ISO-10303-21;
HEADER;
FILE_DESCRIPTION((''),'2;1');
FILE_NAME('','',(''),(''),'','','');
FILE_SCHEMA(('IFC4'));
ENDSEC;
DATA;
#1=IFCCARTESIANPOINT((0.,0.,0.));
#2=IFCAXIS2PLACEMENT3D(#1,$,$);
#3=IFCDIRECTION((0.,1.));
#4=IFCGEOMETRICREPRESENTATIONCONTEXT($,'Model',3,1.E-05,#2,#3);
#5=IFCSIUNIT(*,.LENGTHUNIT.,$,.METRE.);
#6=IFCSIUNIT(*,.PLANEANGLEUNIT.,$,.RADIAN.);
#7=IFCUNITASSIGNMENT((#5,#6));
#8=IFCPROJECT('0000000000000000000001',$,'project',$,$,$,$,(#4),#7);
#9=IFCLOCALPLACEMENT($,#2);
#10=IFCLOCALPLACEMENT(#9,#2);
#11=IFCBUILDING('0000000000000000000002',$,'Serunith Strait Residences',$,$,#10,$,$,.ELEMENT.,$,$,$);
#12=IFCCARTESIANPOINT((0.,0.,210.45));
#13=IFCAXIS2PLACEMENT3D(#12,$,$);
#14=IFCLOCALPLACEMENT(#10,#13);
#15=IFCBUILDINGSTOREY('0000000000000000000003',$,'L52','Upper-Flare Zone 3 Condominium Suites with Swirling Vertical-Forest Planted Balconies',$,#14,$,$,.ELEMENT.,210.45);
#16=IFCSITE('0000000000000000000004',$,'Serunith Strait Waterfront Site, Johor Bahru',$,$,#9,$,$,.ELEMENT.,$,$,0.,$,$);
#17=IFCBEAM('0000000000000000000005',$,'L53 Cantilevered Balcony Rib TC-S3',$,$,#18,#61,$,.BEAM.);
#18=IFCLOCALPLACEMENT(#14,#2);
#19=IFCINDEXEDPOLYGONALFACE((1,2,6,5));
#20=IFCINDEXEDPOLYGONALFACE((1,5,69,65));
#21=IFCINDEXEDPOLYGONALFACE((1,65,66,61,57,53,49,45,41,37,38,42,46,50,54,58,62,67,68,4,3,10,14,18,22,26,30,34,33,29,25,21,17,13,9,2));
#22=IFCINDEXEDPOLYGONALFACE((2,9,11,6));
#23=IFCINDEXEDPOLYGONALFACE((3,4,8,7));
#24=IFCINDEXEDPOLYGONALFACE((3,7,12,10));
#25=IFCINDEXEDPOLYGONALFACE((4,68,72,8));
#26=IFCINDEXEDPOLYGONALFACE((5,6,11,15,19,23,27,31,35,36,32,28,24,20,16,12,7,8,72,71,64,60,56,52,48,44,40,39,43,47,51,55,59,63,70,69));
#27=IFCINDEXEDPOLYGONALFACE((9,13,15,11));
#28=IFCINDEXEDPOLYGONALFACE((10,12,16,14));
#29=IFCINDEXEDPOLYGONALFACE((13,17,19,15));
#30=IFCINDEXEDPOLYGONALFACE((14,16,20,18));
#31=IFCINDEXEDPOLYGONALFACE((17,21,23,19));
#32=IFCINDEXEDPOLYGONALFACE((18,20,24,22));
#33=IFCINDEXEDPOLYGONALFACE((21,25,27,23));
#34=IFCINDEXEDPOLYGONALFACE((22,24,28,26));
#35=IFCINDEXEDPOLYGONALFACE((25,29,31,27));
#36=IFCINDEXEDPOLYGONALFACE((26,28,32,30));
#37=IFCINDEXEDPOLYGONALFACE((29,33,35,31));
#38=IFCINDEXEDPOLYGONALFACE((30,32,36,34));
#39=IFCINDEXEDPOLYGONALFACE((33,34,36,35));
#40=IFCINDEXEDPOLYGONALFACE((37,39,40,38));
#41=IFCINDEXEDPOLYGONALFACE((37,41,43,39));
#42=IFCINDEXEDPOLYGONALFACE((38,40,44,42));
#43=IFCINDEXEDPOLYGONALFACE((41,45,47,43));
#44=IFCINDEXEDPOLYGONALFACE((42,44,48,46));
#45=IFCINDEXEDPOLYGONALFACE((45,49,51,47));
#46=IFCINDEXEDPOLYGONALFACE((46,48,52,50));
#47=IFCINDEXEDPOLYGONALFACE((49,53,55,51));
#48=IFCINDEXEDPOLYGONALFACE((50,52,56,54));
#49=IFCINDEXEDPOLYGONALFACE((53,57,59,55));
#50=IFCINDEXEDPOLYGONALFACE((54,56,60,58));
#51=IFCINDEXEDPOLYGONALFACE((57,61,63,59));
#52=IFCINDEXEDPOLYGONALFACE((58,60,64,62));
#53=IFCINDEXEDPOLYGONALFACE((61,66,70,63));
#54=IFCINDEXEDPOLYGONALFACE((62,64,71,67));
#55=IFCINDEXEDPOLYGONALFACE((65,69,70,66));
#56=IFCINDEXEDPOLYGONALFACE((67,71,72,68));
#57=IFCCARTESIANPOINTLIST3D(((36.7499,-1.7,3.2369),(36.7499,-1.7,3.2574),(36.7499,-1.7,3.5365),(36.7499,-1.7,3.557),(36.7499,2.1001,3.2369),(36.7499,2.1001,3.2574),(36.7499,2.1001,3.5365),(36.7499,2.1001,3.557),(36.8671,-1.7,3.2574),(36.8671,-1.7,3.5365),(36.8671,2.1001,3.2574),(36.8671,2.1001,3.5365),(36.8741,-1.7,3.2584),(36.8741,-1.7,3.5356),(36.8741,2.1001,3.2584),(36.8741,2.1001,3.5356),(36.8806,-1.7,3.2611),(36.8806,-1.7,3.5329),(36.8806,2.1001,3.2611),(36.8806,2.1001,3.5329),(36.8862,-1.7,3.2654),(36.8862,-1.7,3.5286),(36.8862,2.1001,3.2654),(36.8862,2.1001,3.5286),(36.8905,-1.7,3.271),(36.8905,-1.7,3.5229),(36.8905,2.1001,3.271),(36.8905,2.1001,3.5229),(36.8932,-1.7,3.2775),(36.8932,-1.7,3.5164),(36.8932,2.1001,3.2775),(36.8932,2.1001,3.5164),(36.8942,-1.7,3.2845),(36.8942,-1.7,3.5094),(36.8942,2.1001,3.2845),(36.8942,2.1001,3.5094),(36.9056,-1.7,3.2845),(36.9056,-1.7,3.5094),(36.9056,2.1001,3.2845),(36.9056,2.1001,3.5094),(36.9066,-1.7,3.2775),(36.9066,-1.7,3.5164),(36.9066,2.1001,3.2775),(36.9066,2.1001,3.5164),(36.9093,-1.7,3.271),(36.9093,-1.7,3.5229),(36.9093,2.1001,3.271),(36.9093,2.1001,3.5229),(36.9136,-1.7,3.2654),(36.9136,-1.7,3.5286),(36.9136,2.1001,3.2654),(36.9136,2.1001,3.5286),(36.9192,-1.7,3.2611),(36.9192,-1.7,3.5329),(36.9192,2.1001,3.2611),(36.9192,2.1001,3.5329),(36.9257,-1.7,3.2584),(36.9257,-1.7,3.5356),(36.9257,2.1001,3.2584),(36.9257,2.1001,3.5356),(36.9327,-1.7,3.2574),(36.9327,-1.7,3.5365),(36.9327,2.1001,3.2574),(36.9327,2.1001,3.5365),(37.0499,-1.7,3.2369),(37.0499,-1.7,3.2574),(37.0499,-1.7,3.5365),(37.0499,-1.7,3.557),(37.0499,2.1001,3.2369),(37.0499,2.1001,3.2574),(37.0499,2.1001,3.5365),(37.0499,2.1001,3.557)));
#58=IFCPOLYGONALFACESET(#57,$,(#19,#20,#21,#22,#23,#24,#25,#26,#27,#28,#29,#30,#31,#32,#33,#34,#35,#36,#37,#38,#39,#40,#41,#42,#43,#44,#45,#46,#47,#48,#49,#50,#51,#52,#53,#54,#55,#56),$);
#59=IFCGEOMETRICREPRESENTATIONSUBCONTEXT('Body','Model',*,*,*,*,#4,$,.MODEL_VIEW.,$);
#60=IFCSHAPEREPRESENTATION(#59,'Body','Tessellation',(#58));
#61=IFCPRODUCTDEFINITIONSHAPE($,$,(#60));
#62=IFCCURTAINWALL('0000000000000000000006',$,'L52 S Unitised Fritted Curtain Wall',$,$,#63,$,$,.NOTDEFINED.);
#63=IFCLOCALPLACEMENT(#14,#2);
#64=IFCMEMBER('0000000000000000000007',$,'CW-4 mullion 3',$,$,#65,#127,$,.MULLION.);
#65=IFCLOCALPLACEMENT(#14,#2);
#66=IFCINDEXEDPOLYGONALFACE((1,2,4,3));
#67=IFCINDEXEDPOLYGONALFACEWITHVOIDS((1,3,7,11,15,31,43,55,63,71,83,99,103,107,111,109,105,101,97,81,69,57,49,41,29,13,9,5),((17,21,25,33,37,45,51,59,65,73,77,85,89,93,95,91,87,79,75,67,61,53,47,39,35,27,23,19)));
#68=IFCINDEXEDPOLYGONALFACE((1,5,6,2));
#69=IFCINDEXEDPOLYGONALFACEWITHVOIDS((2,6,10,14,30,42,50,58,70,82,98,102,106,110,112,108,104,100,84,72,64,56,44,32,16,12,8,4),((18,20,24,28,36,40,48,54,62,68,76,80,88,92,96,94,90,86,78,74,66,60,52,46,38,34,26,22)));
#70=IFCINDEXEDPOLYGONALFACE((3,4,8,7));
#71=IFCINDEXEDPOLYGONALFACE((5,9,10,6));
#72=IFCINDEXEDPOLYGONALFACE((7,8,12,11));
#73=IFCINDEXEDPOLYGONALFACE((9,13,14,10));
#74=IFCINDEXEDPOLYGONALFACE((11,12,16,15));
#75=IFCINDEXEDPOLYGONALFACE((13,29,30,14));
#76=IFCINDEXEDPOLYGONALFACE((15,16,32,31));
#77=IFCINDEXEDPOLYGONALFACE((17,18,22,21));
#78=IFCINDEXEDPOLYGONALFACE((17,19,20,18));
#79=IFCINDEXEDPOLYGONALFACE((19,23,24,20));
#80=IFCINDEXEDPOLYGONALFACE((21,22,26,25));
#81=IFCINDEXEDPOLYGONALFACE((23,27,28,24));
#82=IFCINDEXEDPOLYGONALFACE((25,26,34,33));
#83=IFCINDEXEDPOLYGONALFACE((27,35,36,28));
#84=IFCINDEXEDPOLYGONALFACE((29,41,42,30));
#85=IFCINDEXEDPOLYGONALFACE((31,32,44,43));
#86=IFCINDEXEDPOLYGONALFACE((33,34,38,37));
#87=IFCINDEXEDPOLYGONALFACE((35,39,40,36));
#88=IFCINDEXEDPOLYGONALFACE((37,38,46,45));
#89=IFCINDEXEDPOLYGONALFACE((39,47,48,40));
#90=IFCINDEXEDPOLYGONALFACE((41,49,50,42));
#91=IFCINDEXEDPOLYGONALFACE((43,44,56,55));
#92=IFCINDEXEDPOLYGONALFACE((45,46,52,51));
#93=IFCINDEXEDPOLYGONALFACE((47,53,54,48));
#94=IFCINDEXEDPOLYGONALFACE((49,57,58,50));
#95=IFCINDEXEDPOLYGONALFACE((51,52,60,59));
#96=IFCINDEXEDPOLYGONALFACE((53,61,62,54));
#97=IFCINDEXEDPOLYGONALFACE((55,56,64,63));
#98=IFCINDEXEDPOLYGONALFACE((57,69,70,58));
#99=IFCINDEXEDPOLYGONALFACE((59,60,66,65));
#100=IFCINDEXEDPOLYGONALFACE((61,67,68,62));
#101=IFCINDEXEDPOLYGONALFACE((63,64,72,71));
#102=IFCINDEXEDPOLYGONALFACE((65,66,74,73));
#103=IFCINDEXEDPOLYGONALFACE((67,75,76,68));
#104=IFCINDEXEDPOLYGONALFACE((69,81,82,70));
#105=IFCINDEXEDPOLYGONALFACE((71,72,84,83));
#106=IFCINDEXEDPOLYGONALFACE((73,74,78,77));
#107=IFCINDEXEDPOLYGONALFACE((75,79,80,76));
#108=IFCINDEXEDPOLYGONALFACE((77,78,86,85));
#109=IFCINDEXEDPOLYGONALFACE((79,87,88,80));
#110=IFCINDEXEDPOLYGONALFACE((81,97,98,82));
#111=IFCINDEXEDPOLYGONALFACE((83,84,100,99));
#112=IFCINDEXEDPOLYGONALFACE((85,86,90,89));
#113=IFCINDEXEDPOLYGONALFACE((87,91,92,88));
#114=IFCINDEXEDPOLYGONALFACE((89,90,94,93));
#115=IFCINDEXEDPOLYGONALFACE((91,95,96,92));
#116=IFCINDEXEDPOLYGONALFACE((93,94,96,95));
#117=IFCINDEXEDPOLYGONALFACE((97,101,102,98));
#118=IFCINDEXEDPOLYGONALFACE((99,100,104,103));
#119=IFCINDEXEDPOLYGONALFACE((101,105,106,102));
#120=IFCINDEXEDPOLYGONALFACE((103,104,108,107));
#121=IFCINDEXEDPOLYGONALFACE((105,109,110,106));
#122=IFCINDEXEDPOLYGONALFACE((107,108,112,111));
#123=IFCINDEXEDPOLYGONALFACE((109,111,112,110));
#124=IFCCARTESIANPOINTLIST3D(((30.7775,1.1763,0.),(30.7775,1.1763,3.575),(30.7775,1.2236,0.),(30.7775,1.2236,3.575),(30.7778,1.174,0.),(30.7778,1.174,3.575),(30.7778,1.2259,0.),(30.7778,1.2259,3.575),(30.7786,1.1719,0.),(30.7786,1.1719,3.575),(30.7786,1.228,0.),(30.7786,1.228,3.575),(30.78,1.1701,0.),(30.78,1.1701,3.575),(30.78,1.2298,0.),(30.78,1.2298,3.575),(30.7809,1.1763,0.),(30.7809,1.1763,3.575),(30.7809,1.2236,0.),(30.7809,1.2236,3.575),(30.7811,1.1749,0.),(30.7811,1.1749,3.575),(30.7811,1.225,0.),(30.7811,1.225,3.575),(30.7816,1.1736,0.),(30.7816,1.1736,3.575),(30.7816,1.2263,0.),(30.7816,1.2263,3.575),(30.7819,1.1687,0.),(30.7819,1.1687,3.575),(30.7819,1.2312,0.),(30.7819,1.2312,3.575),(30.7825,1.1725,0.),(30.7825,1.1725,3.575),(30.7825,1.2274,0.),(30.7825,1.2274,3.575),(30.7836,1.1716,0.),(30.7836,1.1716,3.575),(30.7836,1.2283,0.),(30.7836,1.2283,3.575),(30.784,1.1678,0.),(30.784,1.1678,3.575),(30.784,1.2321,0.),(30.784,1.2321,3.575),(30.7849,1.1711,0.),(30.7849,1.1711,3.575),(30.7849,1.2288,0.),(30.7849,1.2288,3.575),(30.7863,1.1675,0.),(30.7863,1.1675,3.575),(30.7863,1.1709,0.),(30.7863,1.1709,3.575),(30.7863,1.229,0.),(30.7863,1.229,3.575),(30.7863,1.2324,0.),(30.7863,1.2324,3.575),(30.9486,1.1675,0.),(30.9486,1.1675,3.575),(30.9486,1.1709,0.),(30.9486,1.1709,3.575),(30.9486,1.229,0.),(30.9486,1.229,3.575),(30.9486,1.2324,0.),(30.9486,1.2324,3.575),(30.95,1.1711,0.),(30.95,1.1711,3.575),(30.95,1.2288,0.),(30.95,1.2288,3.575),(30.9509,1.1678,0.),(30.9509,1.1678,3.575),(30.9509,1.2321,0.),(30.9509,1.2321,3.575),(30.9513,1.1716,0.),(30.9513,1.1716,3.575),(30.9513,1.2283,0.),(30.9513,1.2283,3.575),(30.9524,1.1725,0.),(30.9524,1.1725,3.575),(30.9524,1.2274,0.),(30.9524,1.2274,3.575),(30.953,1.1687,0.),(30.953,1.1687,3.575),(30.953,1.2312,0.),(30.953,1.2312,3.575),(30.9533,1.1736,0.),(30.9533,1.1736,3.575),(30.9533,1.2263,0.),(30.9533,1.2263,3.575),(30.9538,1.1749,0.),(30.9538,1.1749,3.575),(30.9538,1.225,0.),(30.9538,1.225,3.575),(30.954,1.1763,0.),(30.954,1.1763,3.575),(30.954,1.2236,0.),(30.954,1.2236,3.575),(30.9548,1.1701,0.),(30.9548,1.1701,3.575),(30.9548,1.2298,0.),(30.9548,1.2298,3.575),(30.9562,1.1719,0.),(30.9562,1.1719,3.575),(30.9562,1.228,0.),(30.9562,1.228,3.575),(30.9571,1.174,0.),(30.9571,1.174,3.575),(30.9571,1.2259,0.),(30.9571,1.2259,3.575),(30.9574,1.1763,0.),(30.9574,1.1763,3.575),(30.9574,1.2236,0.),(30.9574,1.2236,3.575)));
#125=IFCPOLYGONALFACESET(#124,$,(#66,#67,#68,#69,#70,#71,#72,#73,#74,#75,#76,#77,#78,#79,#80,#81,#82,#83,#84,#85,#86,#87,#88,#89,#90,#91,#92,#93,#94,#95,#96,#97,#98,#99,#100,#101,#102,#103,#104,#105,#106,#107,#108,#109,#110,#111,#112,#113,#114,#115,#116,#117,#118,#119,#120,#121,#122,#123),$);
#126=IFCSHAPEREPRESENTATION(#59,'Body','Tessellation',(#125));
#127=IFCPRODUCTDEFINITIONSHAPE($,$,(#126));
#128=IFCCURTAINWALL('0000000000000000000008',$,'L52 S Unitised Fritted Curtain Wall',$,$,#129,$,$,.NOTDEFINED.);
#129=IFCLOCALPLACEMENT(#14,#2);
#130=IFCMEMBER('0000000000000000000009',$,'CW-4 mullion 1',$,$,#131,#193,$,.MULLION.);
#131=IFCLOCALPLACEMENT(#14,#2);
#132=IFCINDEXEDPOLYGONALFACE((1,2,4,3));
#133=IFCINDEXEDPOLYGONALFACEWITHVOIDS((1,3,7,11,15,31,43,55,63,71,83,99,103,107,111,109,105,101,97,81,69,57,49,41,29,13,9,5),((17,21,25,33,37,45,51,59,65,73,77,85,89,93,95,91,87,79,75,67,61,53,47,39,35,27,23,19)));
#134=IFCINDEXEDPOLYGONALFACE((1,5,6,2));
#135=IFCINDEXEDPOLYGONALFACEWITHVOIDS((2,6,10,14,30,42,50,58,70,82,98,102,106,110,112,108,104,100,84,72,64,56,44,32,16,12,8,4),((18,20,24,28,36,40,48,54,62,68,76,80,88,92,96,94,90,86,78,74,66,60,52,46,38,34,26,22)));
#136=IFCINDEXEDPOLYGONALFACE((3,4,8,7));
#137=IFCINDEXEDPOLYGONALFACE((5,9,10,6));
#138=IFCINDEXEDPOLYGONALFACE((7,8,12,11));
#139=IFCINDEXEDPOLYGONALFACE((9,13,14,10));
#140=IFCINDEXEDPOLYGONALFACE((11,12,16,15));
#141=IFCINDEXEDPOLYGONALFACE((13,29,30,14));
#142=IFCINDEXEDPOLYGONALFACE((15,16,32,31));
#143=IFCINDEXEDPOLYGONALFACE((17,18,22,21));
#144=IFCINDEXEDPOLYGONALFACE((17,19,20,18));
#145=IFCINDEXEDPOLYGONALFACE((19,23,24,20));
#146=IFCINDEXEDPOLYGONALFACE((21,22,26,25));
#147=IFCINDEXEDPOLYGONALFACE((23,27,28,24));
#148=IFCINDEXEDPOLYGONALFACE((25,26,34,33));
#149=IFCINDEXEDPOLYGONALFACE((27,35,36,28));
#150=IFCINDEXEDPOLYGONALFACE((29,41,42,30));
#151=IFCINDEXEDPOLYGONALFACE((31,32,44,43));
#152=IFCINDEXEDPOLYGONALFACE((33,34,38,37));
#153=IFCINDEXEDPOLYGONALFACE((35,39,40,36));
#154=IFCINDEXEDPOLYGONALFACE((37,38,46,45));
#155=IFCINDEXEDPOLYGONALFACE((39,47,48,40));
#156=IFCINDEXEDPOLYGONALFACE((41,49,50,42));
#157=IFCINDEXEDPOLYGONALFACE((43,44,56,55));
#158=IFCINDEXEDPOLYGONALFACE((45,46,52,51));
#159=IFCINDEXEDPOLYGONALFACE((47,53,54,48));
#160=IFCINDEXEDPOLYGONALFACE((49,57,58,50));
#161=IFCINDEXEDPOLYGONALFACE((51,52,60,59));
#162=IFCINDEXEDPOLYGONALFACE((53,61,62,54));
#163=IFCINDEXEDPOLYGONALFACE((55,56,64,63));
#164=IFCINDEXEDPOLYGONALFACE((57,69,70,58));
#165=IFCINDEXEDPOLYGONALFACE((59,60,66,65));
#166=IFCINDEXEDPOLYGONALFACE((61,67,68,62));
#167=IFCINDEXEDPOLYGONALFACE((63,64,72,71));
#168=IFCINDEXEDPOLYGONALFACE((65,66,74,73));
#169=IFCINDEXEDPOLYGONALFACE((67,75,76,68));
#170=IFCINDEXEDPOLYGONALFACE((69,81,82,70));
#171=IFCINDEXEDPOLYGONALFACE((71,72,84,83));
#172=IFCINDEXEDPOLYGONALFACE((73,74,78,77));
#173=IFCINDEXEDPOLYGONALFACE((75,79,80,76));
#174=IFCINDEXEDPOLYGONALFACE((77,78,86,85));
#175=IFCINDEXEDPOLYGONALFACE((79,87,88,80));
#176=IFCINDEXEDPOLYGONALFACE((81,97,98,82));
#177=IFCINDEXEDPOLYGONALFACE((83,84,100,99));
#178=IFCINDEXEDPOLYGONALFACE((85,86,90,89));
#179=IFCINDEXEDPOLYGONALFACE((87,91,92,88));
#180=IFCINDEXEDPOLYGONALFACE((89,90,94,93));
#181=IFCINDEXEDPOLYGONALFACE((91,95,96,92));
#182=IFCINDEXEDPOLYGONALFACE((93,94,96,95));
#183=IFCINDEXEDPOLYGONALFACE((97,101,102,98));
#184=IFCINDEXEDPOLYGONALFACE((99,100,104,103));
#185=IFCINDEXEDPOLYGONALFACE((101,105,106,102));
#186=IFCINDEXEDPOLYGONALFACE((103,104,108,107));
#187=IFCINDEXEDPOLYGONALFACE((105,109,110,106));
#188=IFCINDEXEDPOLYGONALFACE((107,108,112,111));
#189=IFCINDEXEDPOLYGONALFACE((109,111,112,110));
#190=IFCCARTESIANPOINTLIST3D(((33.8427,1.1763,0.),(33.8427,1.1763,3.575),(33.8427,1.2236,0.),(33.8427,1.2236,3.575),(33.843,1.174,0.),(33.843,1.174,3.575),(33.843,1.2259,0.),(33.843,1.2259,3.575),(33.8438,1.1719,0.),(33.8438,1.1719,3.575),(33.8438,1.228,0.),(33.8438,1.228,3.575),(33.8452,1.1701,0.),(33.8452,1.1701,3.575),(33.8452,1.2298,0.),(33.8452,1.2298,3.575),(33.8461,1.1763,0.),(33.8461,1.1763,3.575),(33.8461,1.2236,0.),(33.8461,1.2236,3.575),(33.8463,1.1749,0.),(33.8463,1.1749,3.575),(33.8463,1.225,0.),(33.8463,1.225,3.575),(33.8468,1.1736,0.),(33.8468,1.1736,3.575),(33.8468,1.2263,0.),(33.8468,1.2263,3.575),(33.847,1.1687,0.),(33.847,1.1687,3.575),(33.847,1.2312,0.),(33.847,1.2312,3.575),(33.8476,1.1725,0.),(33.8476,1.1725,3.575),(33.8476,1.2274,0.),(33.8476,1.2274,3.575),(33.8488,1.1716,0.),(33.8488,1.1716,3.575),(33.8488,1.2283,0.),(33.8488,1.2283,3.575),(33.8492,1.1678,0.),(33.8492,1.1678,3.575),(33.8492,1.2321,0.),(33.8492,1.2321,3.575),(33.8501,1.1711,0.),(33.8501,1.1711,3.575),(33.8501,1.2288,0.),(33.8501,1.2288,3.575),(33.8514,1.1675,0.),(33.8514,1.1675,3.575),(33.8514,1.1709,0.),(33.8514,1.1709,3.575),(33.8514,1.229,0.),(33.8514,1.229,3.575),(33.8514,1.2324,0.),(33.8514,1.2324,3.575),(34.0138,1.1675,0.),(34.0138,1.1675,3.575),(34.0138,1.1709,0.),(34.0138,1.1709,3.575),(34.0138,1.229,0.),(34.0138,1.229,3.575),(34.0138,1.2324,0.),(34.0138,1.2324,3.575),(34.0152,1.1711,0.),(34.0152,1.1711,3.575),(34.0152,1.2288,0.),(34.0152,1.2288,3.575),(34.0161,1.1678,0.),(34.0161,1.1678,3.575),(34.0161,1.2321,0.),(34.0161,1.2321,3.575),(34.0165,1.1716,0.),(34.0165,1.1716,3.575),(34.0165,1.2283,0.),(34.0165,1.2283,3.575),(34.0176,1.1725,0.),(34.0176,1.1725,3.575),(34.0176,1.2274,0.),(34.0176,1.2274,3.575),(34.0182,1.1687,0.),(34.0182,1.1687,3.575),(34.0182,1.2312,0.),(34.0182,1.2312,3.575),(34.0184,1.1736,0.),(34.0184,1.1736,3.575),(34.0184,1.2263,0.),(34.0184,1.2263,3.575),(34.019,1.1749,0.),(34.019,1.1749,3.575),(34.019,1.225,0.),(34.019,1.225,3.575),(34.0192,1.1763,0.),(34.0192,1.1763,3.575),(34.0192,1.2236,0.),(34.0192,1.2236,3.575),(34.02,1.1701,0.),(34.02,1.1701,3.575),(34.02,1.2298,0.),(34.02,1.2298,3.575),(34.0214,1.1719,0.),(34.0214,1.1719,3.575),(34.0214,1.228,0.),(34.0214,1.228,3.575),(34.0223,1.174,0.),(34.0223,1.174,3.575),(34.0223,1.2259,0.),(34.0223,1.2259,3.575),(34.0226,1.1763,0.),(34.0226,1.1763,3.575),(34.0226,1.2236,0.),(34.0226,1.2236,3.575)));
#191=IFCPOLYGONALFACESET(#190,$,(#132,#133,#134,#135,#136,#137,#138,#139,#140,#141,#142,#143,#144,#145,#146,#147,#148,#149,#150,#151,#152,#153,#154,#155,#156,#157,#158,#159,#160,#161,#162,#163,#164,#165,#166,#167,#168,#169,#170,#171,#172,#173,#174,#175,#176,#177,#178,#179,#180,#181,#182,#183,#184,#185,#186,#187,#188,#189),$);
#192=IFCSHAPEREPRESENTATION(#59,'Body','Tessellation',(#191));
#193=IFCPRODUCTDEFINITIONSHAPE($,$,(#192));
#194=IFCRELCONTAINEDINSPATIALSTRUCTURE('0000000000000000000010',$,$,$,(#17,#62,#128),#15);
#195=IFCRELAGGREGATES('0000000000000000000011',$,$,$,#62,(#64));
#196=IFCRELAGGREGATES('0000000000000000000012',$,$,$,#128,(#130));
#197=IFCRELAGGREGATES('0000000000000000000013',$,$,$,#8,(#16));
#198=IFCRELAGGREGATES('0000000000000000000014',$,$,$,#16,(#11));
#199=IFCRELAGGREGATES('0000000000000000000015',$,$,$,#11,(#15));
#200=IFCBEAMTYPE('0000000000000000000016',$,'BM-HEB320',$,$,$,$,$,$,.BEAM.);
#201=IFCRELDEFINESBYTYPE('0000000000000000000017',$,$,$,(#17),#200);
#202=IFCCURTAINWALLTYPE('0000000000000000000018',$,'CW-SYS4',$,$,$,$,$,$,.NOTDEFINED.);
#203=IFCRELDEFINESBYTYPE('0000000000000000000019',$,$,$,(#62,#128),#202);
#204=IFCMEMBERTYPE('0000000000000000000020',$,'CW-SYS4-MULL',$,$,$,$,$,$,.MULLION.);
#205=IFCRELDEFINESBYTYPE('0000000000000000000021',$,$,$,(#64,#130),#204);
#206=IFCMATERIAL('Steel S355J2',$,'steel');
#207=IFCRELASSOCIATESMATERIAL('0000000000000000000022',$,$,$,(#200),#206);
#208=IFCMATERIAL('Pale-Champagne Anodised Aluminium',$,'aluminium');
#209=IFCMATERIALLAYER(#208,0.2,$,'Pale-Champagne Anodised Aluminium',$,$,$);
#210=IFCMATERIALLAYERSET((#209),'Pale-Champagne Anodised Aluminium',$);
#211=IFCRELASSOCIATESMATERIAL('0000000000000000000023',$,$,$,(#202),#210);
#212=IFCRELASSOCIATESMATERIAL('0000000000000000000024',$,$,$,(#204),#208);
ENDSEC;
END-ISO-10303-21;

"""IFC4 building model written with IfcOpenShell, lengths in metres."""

from ifc_helpers import new_model, si_unit, direction, frame, origin, origin_2d, place, context, subcontext, project, spatial, hollow_rectangle, i_section, extrude, source, transform, mapped, material, layer, layer_set, material_profile, profile_set, type_object, element, aggregate, save


model = new_model("IFC4")

# Units and contexts
model_context = context("Model", 3, precision=1e-05, world=origin(), true_north=direction((0.0, 1.0)))
body_context = subcontext(model_context, "Body", "Model", "MODEL_VIEW")
ifc_project = project(units=[si_unit("LENGTHUNIT", "METRE"), si_unit("PLANEANGLEUNIT", "RADIAN")], contexts=[model_context])

# Site, building, storey
site_placement = place(None, origin())
site = spatial("IfcSite", under=ifc_project, at=site_placement, Name="Serunith Strait Waterfront Site, Johor Bahru", CompositionType="ELEMENT", RefElevation=0.0)
building_placement = place(site_placement, origin())
building = spatial("IfcBuilding", under=site, at=building_placement, Name="Serunith Strait Residences", CompositionType="ELEMENT")
storey_placement = place(building_placement, frame((0.0, 0.0, 210.45)))
storey = spatial("IfcBuildingStorey", under=building, at=storey_placement, Name="L52", Description="Upper-Flare Zone 3 Condominium Suites with Swirling Vertical-Forest Planted Balconies", CompositionType="ELEMENT", Elevation=210.45)

# Beam
ifc_material_1 = material(Name="Steel S355J2", Category="steel")
ifc_material_profile_1 = material_profile(ifc_material_1, i_section(OverallWidth=0.3, OverallDepth=0.3201, WebThickness=0.0115, FlangeThickness=0.0205, FilletRadius=0.0271, at=origin_2d()), Name="HEB 320")
ifc_profile_set_1 = profile_set([ifc_material_profile_1], Name="Steel S355J2")
beam_type_1 = type_object("IfcBeamType", Name="BM-HEB320", PredefinedType="BEAM", material=ifc_profile_set_1)
shared_shape_1 = source(origin(), body_context, "Body", "SweptSolid", [
    extrude(i_section(OverallWidth=0.3, OverallDepth=0.3201, WebThickness=0.0115, FlangeThickness=0.0205, FilletRadius=0.0271, at=origin_2d()), origin(), (0.0, 0.0, 1.0), 3.8),
])
beam_1_placement = place(storey_placement, frame((36.8999, 2.1001, 3.397), z_axis=(0.0, -1.0, 0.0), x_axis=(1.0, 0.0, 0.0)))
element("IfcBeam", 1, at=beam_1_placement, inside=storey, type_object=beam_type_1, Name="L53 Cantilevered Balcony Rib TC-S3", PredefinedType="BEAM", context=body_context, shape_type="MappedRepresentation", body=[
    mapped(shared_shape_1, transform((0.0, 0.0, 0.0), scale=1.0)),
])

# Curtain wall, member
ifc_material_2 = material(Name="Pale-Champagne Anodised Aluminium", Category="aluminium")
ifc_layer_1 = layer(ifc_material_2, 0.2, Name="Pale-Champagne Anodised Aluminium")
ifc_layer_set_1 = layer_set([ifc_layer_1], Name="Pale-Champagne Anodised Aluminium")
curtain_wall_type = type_object("IfcCurtainWallType", Name="CW-SYS4", PredefinedType="NOTDEFINED", material=ifc_layer_set_1)
curtain_wall_1_placement = place(storey_placement, origin())
curtain_wall_1 = element("IfcCurtainWall", 2, at=curtain_wall_1_placement, inside=storey, type_object=curtain_wall_type, Name="L52 S Unitised Fritted Curtain Wall", PredefinedType="NOTDEFINED")
ifc_material_profile_2 = material_profile(ifc_material_2, hollow_rectangle(XDim=0.0649, YDim=0.1799, WallThickness=0.0034, InnerFilletRadius=0.0054, OuterFilletRadius=0.0088, at=origin_2d()), Name="ALU 180x65x3.5")
ifc_profile_set_2 = profile_set([ifc_material_profile_2], Name="Pale-Champagne Anodised Aluminium")
member_type_1 = type_object("IfcMemberType", Name="CW-SYS4-MULL", PredefinedType="MULLION", material=ifc_profile_set_2)
shared_shape_2 = source(origin(), body_context, "Body", "SweptSolid", [
    extrude(hollow_rectangle(XDim=0.0649, YDim=0.1799, WallThickness=0.0034, InnerFilletRadius=0.0054, OuterFilletRadius=0.0088, at=origin_2d()), origin(), (0.0, 0.0, 1.0), 3.575),
])
member_1_placement = place(storey_placement, frame((30.8674, 1.2, 0.0), z_axis=(0.0, 0.0, 1.0), x_axis=(0.0, 1.0, 0.0)))
member_1 = element("IfcMember", 3, at=member_1_placement, type_object=member_type_1, Name="CW-4 mullion 3", PredefinedType="MULLION", context=body_context, shape_type="MappedRepresentation", body=[
    mapped(shared_shape_2, transform((0.0, 0.0, 0.0), scale=1.0)),
])
aggregate(curtain_wall_1, [member_1])

# Curtain wall, member
curtain_wall_2_placement = place(storey_placement, origin())
curtain_wall_2 = element("IfcCurtainWall", 4, at=curtain_wall_2_placement, inside=storey, type_object=curtain_wall_type, Name="L52 S Unitised Fritted Curtain Wall", PredefinedType="NOTDEFINED")
member_2_placement = place(storey_placement, frame((33.9326, 1.2, 0.0), z_axis=(0.0, 0.0, 1.0), x_axis=(0.0, 1.0, 0.0)))
member_2 = element("IfcMember", 5, at=member_2_placement, type_object=member_type_1, Name="CW-4 mullion 1", PredefinedType="MULLION", context=body_context, shape_type="MappedRepresentation", body=[
    mapped(shared_shape_2, transform((0.0, 0.0, 0.0), scale=1.0)),
])
aggregate(curtain_wall_2, [member_2])

save(model, "model.ifc")
